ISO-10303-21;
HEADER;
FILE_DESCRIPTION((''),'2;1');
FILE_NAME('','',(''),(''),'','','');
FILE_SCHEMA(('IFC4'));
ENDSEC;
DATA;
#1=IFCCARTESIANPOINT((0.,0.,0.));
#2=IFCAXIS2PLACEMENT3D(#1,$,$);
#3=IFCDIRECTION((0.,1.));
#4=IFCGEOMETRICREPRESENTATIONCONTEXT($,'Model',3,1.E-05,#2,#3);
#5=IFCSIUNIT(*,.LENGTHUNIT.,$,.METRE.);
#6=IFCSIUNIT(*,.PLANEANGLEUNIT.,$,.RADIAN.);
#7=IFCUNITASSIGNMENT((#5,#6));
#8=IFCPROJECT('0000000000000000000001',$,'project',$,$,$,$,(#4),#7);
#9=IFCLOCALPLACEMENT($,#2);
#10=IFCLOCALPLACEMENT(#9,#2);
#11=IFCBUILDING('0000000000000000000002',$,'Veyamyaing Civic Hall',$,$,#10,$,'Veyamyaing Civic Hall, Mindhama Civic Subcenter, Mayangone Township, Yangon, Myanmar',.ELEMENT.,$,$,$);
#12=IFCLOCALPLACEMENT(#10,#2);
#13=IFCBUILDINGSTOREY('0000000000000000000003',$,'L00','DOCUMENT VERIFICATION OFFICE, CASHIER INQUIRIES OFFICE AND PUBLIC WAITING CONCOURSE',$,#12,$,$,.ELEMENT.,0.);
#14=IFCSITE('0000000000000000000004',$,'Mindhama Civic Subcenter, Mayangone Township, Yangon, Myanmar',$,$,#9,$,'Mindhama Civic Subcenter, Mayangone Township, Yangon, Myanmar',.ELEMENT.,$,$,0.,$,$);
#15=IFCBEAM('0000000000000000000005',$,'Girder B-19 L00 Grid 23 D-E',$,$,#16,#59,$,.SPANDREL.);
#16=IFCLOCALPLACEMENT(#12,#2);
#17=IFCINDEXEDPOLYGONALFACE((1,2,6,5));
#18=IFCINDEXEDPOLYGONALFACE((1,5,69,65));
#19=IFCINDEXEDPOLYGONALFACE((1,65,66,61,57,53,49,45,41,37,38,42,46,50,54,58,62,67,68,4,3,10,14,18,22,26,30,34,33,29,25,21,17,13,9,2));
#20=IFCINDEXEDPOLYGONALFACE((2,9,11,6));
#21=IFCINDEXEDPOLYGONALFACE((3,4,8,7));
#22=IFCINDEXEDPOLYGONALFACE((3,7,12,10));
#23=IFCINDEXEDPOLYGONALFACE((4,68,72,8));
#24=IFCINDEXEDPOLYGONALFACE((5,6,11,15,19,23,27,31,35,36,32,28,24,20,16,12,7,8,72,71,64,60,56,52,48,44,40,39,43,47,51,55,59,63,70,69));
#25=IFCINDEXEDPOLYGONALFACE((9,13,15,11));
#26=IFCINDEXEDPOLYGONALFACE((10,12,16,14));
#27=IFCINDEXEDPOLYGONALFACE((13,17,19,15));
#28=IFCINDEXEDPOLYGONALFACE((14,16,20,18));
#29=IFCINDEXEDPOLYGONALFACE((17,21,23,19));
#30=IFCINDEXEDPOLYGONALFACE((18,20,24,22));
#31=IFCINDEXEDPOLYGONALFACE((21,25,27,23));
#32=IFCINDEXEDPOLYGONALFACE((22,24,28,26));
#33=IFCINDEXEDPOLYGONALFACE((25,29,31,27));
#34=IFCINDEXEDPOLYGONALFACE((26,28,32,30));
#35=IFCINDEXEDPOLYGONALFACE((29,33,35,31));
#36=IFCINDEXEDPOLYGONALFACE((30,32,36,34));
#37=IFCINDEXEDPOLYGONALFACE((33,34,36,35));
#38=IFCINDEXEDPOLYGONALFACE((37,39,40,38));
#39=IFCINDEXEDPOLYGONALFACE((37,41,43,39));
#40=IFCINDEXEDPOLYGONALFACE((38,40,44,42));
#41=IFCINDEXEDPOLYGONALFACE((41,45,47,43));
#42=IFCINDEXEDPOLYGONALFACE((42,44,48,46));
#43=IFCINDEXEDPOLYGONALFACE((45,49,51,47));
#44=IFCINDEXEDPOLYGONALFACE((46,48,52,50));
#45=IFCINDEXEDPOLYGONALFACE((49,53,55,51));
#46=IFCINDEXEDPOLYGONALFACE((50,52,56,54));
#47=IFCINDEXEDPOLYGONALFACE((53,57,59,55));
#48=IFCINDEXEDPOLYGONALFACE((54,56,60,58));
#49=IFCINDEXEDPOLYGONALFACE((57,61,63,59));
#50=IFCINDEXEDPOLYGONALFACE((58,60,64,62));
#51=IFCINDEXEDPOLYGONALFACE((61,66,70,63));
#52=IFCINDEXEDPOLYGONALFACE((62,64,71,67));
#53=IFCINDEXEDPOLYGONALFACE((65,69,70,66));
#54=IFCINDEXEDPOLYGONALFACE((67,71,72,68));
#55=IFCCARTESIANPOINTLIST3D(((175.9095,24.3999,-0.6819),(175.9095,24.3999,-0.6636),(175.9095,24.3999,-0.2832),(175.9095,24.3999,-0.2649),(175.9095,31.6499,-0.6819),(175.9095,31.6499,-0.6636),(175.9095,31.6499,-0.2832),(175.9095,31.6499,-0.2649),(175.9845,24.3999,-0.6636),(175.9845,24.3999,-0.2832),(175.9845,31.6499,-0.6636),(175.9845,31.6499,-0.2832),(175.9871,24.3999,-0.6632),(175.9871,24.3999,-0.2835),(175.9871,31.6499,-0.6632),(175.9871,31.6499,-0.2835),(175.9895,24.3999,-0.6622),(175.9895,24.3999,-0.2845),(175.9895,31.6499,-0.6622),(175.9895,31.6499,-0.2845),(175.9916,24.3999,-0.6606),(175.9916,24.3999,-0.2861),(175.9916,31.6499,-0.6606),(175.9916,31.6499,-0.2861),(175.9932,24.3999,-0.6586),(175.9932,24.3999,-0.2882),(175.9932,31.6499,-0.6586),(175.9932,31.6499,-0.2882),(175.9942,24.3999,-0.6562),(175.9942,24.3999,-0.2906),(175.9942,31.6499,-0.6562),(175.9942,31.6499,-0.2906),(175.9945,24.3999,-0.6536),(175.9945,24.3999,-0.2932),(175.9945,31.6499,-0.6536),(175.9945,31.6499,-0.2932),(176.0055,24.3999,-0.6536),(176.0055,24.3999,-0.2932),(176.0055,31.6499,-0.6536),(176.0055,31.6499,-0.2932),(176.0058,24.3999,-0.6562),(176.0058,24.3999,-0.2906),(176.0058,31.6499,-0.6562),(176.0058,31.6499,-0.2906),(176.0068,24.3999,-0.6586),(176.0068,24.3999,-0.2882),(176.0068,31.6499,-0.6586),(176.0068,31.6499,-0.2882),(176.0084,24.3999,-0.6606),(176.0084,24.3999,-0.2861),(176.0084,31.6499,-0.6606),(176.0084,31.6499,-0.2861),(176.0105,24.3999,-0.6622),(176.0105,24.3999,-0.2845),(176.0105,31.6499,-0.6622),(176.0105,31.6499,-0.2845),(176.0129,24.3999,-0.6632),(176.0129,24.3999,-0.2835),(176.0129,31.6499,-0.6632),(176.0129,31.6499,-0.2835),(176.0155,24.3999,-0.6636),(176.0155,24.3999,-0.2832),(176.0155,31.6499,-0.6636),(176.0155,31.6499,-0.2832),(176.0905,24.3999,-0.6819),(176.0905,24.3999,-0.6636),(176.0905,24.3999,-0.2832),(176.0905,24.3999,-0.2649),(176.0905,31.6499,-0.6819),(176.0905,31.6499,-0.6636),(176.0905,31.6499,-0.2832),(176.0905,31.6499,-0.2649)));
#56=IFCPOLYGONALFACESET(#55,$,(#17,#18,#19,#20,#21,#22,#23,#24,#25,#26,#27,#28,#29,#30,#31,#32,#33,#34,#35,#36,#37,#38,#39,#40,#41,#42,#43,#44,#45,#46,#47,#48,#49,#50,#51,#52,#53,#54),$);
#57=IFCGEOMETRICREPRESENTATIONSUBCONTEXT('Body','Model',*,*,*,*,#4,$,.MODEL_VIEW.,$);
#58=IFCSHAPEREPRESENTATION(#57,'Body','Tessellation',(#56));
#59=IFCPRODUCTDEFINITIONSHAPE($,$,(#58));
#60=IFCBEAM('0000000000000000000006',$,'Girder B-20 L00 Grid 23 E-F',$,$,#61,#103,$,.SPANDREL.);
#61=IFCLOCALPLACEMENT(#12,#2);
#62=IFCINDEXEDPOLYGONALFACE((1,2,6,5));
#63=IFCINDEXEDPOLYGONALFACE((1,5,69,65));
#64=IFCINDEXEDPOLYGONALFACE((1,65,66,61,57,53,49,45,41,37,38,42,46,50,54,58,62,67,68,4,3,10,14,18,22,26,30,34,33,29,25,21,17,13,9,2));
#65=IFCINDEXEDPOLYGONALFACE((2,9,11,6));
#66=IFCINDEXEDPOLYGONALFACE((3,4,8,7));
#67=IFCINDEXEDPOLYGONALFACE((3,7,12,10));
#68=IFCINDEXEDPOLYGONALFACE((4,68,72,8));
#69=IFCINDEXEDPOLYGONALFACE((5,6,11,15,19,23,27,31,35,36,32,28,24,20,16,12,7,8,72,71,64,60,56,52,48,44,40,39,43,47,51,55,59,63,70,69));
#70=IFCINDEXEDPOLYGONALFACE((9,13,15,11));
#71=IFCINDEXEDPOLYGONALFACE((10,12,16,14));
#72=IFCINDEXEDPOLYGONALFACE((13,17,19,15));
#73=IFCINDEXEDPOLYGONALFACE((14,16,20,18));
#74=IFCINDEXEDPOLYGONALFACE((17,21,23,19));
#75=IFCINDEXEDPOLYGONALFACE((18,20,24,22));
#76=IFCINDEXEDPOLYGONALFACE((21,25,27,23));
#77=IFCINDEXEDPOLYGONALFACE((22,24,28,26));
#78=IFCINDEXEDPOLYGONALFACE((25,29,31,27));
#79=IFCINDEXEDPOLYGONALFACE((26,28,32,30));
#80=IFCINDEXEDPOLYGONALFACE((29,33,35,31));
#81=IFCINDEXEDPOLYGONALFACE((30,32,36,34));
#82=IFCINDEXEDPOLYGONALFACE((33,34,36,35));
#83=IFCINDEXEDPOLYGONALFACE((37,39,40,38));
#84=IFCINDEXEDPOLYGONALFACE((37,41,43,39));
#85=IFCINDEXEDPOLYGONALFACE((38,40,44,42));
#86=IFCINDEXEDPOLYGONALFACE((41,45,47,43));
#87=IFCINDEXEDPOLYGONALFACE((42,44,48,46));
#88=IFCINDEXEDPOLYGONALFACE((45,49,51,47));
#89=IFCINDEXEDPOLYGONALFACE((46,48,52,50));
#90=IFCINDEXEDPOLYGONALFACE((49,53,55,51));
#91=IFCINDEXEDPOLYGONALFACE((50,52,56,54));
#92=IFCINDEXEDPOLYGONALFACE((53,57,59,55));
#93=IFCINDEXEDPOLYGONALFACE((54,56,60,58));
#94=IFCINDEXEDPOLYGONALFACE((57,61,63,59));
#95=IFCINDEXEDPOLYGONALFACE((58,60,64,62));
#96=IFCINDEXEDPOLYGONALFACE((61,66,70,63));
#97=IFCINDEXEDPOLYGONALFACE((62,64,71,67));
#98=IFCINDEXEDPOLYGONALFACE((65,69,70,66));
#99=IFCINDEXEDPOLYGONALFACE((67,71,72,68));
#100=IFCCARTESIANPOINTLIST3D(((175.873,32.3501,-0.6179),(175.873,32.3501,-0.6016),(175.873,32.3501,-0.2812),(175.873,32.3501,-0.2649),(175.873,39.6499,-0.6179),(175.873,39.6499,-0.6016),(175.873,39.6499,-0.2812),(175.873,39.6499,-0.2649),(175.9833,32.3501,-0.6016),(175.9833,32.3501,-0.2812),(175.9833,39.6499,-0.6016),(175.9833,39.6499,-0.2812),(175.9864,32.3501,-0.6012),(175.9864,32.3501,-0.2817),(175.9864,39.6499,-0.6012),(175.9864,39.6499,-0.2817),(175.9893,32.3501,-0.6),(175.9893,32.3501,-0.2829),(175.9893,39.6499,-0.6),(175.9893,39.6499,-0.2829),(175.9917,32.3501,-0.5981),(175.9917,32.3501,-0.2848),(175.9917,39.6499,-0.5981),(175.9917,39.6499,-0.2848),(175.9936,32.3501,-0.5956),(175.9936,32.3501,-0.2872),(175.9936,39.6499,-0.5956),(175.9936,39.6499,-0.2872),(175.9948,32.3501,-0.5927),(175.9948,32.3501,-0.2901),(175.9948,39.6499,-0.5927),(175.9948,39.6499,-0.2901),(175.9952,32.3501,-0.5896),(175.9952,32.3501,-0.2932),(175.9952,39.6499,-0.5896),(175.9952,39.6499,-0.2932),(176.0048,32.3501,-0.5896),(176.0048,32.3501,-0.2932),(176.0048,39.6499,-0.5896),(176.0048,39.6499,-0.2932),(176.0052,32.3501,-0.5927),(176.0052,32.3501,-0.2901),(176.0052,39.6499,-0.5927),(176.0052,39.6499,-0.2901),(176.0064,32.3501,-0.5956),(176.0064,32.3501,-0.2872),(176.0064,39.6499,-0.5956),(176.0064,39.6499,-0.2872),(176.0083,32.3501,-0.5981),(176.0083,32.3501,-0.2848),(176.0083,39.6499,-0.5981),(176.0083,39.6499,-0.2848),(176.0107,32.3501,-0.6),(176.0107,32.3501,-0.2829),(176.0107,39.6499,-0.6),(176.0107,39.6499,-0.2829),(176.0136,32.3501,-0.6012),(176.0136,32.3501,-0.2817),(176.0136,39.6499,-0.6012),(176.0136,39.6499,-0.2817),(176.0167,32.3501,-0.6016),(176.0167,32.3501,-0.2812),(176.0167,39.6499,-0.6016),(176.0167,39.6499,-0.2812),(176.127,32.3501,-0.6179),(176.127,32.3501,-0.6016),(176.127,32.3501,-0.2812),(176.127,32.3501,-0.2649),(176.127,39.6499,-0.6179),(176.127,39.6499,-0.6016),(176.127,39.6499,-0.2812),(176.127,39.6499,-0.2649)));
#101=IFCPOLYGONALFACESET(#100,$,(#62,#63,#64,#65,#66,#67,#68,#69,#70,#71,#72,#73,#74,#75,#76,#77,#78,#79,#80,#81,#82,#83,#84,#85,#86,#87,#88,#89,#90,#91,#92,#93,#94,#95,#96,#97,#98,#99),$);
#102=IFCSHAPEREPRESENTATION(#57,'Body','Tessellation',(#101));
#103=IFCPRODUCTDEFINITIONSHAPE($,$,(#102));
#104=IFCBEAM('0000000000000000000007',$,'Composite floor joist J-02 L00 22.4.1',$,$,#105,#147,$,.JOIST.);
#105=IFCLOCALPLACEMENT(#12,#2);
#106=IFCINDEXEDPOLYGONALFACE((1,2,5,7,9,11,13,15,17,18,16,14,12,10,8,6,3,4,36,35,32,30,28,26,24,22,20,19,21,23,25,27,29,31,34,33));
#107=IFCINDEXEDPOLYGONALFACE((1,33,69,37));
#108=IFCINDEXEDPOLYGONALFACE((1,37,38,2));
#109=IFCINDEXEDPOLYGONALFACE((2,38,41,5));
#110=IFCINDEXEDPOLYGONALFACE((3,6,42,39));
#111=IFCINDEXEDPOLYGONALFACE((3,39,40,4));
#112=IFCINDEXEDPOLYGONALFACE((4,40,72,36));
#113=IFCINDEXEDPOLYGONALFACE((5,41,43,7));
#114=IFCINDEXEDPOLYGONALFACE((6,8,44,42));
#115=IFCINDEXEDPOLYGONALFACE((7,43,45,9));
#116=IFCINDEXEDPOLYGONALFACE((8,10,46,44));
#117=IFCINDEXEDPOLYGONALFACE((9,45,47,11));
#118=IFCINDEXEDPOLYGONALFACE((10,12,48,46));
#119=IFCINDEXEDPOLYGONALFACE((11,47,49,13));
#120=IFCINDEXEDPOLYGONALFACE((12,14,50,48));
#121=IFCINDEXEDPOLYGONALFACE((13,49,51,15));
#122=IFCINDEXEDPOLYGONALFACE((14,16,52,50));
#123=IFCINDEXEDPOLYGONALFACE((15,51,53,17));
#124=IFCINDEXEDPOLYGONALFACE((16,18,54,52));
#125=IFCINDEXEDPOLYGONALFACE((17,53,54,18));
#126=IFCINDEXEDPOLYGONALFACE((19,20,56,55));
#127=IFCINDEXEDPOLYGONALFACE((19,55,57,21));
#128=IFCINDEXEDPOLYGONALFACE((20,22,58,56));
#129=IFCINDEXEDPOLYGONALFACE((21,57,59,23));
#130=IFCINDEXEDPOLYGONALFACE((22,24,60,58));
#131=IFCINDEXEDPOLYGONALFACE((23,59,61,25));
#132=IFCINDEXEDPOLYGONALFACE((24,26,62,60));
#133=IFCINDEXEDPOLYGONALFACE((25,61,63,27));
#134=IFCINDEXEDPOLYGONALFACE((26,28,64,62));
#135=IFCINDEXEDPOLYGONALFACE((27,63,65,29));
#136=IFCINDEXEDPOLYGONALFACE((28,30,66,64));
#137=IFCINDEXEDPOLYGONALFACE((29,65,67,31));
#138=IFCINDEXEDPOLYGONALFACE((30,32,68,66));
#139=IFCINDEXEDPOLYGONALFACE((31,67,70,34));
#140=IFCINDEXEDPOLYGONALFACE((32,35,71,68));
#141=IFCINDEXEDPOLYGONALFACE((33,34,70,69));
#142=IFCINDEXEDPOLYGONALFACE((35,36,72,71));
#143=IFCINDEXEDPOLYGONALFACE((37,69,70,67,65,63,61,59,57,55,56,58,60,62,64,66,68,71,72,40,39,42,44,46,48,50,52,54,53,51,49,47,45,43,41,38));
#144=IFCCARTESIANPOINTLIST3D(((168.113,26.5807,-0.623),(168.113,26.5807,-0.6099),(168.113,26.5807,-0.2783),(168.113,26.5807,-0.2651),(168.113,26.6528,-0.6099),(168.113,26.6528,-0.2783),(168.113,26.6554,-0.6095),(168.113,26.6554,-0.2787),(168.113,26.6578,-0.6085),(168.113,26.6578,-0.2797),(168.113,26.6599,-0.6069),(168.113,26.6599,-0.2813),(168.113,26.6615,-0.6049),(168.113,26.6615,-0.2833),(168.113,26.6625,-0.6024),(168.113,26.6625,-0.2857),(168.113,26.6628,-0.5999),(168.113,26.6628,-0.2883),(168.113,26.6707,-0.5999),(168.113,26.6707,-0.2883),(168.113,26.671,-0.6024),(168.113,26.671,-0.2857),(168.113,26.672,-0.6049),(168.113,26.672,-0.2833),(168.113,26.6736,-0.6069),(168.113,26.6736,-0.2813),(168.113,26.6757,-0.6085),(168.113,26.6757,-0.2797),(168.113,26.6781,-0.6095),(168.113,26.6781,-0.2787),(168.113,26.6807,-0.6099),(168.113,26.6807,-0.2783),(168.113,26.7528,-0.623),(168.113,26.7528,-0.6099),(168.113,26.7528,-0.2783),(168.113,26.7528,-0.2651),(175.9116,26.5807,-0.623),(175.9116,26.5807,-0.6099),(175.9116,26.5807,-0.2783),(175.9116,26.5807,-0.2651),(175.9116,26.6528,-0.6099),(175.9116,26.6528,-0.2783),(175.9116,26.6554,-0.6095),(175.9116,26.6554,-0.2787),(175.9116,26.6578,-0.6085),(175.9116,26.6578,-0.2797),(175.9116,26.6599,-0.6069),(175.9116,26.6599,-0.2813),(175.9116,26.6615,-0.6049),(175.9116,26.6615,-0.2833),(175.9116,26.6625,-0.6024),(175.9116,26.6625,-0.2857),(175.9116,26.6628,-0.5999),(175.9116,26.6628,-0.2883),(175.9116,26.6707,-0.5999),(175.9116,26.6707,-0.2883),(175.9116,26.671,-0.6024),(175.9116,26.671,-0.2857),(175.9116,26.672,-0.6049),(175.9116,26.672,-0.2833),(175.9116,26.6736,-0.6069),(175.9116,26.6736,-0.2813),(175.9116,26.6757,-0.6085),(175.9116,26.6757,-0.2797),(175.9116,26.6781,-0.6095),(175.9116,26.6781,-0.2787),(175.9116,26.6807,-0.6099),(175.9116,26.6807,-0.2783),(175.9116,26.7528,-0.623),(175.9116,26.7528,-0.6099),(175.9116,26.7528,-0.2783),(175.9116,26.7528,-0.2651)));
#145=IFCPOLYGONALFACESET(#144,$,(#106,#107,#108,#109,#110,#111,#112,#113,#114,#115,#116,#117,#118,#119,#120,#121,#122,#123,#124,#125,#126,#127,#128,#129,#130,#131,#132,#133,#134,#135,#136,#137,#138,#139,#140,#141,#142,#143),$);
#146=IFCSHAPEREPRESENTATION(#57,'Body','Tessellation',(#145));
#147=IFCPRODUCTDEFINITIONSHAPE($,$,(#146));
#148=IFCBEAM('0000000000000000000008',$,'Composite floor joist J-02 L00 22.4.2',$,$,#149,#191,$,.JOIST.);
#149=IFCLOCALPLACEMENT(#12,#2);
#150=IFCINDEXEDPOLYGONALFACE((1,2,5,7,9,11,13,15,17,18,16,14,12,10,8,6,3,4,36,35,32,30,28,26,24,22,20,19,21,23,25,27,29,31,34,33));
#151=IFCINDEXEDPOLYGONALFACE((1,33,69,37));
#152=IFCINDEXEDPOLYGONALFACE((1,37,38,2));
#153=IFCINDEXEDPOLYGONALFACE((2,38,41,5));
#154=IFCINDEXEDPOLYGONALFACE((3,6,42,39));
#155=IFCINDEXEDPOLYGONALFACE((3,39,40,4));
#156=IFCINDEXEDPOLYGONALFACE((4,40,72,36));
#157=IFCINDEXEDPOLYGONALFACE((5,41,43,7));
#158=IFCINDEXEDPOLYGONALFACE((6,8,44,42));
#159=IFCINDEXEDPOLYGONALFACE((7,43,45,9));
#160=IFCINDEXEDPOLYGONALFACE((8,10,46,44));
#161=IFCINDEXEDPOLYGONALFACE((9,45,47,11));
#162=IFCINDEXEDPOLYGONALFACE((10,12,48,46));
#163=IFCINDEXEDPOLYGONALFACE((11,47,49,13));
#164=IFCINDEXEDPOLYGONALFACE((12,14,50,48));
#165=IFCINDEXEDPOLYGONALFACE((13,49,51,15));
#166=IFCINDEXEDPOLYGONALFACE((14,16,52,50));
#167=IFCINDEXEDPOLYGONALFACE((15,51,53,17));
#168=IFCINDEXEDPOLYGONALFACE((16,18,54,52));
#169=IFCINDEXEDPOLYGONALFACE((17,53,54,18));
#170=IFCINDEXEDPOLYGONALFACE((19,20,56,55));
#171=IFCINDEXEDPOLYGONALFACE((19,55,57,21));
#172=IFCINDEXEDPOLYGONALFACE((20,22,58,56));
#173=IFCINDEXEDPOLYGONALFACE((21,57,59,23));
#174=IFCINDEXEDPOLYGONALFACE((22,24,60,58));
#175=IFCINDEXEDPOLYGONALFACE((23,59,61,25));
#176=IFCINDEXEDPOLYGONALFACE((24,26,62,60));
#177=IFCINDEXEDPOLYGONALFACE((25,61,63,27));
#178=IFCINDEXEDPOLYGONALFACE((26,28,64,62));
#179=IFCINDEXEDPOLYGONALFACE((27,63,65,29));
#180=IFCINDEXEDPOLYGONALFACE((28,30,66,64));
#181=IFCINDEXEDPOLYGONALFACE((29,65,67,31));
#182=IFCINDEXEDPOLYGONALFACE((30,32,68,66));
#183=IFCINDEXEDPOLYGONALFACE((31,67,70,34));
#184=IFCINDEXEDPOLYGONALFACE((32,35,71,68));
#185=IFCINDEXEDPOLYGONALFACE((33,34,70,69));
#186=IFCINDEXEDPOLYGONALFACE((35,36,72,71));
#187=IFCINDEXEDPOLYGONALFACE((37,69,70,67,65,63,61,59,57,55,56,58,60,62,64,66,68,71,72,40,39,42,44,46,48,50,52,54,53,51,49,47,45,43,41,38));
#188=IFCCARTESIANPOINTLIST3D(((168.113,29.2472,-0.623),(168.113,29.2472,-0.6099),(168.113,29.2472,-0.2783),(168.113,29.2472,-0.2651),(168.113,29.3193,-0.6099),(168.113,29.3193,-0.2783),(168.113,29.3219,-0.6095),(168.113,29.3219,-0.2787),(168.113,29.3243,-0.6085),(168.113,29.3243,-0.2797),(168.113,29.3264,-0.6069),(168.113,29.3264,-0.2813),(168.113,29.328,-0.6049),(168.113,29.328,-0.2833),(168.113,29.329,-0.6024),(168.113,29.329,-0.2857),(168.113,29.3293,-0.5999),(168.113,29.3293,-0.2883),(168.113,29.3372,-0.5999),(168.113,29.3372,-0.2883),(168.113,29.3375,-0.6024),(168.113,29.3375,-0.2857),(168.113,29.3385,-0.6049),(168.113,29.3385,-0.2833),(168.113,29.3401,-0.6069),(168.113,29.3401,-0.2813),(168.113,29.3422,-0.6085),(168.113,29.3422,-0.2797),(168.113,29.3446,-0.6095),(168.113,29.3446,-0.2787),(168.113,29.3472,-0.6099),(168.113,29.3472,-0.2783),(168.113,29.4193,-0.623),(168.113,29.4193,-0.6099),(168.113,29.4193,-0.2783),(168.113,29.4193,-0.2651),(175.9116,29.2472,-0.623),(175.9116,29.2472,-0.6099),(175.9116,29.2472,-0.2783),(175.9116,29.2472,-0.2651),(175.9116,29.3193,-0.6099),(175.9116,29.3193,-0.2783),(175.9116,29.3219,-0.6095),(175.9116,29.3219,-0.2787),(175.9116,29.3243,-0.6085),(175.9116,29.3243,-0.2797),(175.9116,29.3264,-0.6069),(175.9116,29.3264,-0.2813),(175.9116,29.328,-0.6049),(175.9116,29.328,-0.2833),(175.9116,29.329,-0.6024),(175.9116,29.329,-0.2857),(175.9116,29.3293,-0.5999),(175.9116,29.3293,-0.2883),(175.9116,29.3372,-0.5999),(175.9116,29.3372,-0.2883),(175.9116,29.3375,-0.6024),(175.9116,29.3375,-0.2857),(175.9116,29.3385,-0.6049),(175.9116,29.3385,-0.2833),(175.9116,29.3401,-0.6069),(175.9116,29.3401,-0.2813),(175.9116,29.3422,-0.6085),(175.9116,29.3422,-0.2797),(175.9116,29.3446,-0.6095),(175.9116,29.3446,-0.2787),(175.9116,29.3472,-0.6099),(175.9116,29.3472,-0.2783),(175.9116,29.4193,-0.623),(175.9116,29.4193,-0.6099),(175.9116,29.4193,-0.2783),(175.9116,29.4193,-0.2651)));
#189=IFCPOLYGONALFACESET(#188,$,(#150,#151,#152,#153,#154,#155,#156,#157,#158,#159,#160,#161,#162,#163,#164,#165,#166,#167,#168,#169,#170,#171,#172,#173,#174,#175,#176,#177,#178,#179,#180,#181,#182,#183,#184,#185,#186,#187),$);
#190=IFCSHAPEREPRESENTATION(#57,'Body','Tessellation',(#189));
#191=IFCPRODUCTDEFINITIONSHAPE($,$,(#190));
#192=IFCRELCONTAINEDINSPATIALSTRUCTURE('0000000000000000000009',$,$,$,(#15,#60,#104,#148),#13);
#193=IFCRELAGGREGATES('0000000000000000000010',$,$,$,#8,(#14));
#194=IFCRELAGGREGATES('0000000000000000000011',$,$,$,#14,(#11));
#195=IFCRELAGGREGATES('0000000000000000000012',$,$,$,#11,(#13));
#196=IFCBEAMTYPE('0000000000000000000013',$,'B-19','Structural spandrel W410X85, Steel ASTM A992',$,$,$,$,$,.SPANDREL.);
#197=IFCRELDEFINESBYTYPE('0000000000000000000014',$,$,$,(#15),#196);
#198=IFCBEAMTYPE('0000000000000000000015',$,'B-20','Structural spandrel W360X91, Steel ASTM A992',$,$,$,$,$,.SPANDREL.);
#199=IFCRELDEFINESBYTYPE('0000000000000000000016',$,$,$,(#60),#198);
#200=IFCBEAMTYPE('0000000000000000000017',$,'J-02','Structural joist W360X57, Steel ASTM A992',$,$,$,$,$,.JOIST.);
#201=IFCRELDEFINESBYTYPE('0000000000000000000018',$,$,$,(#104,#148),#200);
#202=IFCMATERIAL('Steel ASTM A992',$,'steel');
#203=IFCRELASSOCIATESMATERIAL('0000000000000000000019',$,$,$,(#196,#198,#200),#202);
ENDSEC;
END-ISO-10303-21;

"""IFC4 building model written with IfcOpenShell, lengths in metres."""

from ifc_helpers import new_model, si_unit, direction, frame, origin, origin_2d, place, context, subcontext, project, spatial, i_section, extrude, material, material_profile, profile_set, type_object, element, save


model = new_model("IFC4")

# Units and contexts
model_context = context("Model", 3, precision=1e-05, world=origin(), true_north=direction((0.0, 1.0)))
body_context = subcontext(model_context, "Body", "Model", "MODEL_VIEW")
ifc_project = project(units=[si_unit("LENGTHUNIT", "METRE"), si_unit("PLANEANGLEUNIT", "RADIAN")], contexts=[model_context])

# Site, building, storey
site_placement = place(None, origin())
site = spatial("IfcSite", under=ifc_project, at=site_placement, Name="Mindhama Civic Subcenter, Mayangone Township, Yangon, Myanmar", LongName="Mindhama Civic Subcenter, Mayangone Township, Yangon, Myanmar", CompositionType="ELEMENT", RefElevation=0.0)
building_placement = place(site_placement, origin())
building = spatial("IfcBuilding", under=site, at=building_placement, Name="Veyamyaing Civic Hall", LongName="Veyamyaing Civic Hall, Mindhama Civic Subcenter, Mayangone Township, Yangon, Myanmar", CompositionType="ELEMENT")
storey_placement = place(building_placement, origin())
storey = spatial("IfcBuildingStorey", under=building, at=storey_placement, Name="L00", Description="DOCUMENT VERIFICATION OFFICE, CASHIER INQUIRIES OFFICE AND PUBLIC WAITING CONCOURSE", CompositionType="ELEMENT", Elevation=0.0)

# Beams
ifc_material_1 = material(Name="Steel ASTM A992", Category="steel")
ifc_material_profile_1 = material_profile(ifc_material_1, i_section(OverallWidth=0.1809, OverallDepth=0.417, WebThickness=0.011, FlangeThickness=0.0183, FilletRadius=0.01, at=origin_2d()), Name="W410X85")
ifc_profile_set_1 = profile_set([ifc_material_profile_1], Name="Steel ASTM A992")
beam_type_1 = type_object("IfcBeamType", Name="B-19", Description="Structural spandrel W410X85, Steel ASTM A992", PredefinedType="SPANDREL", material=ifc_profile_set_1)
beam_1_placement = place(storey_placement, frame((176.0, 24.3999, -0.4734), z_axis=(0.0, 1.0, 0.0), x_axis=(-1.0, 0.0, 0.0)))
element("IfcBeam", 1, at=beam_1_placement, inside=storey, type_object=beam_type_1, Name="Girder B-19 L00 Grid 23 D-E", PredefinedType="SPANDREL", context=body_context, shape_type="SweptSolid", body=[
    extrude(i_section(OverallWidth=0.1809, OverallDepth=0.417, WebThickness=0.011, FlangeThickness=0.0183, FilletRadius=0.01, at=origin_2d()), origin(), (0.0, 0.0, 1.0), 7.25),
])
ifc_material_profile_2 = material_profile(ifc_material_1, i_section(OverallWidth=0.2539, OverallDepth=0.353, WebThickness=0.0095, FlangeThickness=0.0164, FilletRadius=0.012, at=origin_2d()), Name="W360X91")
ifc_profile_set_2 = profile_set([ifc_material_profile_2], Name="Steel ASTM A992")
beam_type_2 = type_object("IfcBeamType", Name="B-20", Description="Structural spandrel W360X91, Steel ASTM A992", PredefinedType="SPANDREL", material=ifc_profile_set_2)
beam_2_placement = place(storey_placement, frame((176.0, 32.3501, -0.4414), z_axis=(0.0, 1.0, 0.0), x_axis=(-1.0, 0.0, 0.0)))
element("IfcBeam", 2, at=beam_2_placement, inside=storey, type_object=beam_type_2, Name="Girder B-20 L00 Grid 23 E-F", PredefinedType="SPANDREL", context=body_context, shape_type="SweptSolid", body=[
    extrude(i_section(OverallWidth=0.2539, OverallDepth=0.353, WebThickness=0.0095, FlangeThickness=0.0164, FilletRadius=0.012, at=origin_2d()), origin(), (0.0, 0.0, 1.0), 7.2998),
])
ifc_material_profile_3 = material_profile(ifc_material_1, i_section(OverallWidth=0.1721, OverallDepth=0.3579, WebThickness=0.0078, FlangeThickness=0.0132, FilletRadius=0.01, at=origin_2d()), Name="W360X57")
ifc_profile_set_3 = profile_set([ifc_material_profile_3], Name="Steel ASTM A992")
beam_type_3 = type_object("IfcBeamType", Name="J-02", Description="Structural joist W360X57, Steel ASTM A992", PredefinedType="JOIST", material=ifc_profile_set_3)
for number, where, z_axis, x_axis, name in (
    (3, (168.113, 26.6667, -0.4441), (1.0, 0.0, 0.0), (0.0, 1.0, 0.0), "Composite floor joist J-02 L00 22.4.1"),
    (4, (168.113, 29.3333, -0.4441), (1.0, 0.0, 0.0), (0.0, 1.0, 0.0), "Composite floor joist J-02 L00 22.4.2"),
):
    element("IfcBeam", number, at=place(storey_placement, frame(where, z_axis=z_axis, x_axis=x_axis)), inside=storey, type_object=beam_type_3, Name=name, PredefinedType="JOIST", context=body_context, shape_type="SweptSolid", body=[
        extrude(i_section(OverallWidth=0.1721, OverallDepth=0.3579, WebThickness=0.0078, FlangeThickness=0.0132, FilletRadius=0.01, at=origin_2d()), origin(), (0.0, 0.0, 1.0), 7.7986),
    ])

save(model, "model.ifc")
